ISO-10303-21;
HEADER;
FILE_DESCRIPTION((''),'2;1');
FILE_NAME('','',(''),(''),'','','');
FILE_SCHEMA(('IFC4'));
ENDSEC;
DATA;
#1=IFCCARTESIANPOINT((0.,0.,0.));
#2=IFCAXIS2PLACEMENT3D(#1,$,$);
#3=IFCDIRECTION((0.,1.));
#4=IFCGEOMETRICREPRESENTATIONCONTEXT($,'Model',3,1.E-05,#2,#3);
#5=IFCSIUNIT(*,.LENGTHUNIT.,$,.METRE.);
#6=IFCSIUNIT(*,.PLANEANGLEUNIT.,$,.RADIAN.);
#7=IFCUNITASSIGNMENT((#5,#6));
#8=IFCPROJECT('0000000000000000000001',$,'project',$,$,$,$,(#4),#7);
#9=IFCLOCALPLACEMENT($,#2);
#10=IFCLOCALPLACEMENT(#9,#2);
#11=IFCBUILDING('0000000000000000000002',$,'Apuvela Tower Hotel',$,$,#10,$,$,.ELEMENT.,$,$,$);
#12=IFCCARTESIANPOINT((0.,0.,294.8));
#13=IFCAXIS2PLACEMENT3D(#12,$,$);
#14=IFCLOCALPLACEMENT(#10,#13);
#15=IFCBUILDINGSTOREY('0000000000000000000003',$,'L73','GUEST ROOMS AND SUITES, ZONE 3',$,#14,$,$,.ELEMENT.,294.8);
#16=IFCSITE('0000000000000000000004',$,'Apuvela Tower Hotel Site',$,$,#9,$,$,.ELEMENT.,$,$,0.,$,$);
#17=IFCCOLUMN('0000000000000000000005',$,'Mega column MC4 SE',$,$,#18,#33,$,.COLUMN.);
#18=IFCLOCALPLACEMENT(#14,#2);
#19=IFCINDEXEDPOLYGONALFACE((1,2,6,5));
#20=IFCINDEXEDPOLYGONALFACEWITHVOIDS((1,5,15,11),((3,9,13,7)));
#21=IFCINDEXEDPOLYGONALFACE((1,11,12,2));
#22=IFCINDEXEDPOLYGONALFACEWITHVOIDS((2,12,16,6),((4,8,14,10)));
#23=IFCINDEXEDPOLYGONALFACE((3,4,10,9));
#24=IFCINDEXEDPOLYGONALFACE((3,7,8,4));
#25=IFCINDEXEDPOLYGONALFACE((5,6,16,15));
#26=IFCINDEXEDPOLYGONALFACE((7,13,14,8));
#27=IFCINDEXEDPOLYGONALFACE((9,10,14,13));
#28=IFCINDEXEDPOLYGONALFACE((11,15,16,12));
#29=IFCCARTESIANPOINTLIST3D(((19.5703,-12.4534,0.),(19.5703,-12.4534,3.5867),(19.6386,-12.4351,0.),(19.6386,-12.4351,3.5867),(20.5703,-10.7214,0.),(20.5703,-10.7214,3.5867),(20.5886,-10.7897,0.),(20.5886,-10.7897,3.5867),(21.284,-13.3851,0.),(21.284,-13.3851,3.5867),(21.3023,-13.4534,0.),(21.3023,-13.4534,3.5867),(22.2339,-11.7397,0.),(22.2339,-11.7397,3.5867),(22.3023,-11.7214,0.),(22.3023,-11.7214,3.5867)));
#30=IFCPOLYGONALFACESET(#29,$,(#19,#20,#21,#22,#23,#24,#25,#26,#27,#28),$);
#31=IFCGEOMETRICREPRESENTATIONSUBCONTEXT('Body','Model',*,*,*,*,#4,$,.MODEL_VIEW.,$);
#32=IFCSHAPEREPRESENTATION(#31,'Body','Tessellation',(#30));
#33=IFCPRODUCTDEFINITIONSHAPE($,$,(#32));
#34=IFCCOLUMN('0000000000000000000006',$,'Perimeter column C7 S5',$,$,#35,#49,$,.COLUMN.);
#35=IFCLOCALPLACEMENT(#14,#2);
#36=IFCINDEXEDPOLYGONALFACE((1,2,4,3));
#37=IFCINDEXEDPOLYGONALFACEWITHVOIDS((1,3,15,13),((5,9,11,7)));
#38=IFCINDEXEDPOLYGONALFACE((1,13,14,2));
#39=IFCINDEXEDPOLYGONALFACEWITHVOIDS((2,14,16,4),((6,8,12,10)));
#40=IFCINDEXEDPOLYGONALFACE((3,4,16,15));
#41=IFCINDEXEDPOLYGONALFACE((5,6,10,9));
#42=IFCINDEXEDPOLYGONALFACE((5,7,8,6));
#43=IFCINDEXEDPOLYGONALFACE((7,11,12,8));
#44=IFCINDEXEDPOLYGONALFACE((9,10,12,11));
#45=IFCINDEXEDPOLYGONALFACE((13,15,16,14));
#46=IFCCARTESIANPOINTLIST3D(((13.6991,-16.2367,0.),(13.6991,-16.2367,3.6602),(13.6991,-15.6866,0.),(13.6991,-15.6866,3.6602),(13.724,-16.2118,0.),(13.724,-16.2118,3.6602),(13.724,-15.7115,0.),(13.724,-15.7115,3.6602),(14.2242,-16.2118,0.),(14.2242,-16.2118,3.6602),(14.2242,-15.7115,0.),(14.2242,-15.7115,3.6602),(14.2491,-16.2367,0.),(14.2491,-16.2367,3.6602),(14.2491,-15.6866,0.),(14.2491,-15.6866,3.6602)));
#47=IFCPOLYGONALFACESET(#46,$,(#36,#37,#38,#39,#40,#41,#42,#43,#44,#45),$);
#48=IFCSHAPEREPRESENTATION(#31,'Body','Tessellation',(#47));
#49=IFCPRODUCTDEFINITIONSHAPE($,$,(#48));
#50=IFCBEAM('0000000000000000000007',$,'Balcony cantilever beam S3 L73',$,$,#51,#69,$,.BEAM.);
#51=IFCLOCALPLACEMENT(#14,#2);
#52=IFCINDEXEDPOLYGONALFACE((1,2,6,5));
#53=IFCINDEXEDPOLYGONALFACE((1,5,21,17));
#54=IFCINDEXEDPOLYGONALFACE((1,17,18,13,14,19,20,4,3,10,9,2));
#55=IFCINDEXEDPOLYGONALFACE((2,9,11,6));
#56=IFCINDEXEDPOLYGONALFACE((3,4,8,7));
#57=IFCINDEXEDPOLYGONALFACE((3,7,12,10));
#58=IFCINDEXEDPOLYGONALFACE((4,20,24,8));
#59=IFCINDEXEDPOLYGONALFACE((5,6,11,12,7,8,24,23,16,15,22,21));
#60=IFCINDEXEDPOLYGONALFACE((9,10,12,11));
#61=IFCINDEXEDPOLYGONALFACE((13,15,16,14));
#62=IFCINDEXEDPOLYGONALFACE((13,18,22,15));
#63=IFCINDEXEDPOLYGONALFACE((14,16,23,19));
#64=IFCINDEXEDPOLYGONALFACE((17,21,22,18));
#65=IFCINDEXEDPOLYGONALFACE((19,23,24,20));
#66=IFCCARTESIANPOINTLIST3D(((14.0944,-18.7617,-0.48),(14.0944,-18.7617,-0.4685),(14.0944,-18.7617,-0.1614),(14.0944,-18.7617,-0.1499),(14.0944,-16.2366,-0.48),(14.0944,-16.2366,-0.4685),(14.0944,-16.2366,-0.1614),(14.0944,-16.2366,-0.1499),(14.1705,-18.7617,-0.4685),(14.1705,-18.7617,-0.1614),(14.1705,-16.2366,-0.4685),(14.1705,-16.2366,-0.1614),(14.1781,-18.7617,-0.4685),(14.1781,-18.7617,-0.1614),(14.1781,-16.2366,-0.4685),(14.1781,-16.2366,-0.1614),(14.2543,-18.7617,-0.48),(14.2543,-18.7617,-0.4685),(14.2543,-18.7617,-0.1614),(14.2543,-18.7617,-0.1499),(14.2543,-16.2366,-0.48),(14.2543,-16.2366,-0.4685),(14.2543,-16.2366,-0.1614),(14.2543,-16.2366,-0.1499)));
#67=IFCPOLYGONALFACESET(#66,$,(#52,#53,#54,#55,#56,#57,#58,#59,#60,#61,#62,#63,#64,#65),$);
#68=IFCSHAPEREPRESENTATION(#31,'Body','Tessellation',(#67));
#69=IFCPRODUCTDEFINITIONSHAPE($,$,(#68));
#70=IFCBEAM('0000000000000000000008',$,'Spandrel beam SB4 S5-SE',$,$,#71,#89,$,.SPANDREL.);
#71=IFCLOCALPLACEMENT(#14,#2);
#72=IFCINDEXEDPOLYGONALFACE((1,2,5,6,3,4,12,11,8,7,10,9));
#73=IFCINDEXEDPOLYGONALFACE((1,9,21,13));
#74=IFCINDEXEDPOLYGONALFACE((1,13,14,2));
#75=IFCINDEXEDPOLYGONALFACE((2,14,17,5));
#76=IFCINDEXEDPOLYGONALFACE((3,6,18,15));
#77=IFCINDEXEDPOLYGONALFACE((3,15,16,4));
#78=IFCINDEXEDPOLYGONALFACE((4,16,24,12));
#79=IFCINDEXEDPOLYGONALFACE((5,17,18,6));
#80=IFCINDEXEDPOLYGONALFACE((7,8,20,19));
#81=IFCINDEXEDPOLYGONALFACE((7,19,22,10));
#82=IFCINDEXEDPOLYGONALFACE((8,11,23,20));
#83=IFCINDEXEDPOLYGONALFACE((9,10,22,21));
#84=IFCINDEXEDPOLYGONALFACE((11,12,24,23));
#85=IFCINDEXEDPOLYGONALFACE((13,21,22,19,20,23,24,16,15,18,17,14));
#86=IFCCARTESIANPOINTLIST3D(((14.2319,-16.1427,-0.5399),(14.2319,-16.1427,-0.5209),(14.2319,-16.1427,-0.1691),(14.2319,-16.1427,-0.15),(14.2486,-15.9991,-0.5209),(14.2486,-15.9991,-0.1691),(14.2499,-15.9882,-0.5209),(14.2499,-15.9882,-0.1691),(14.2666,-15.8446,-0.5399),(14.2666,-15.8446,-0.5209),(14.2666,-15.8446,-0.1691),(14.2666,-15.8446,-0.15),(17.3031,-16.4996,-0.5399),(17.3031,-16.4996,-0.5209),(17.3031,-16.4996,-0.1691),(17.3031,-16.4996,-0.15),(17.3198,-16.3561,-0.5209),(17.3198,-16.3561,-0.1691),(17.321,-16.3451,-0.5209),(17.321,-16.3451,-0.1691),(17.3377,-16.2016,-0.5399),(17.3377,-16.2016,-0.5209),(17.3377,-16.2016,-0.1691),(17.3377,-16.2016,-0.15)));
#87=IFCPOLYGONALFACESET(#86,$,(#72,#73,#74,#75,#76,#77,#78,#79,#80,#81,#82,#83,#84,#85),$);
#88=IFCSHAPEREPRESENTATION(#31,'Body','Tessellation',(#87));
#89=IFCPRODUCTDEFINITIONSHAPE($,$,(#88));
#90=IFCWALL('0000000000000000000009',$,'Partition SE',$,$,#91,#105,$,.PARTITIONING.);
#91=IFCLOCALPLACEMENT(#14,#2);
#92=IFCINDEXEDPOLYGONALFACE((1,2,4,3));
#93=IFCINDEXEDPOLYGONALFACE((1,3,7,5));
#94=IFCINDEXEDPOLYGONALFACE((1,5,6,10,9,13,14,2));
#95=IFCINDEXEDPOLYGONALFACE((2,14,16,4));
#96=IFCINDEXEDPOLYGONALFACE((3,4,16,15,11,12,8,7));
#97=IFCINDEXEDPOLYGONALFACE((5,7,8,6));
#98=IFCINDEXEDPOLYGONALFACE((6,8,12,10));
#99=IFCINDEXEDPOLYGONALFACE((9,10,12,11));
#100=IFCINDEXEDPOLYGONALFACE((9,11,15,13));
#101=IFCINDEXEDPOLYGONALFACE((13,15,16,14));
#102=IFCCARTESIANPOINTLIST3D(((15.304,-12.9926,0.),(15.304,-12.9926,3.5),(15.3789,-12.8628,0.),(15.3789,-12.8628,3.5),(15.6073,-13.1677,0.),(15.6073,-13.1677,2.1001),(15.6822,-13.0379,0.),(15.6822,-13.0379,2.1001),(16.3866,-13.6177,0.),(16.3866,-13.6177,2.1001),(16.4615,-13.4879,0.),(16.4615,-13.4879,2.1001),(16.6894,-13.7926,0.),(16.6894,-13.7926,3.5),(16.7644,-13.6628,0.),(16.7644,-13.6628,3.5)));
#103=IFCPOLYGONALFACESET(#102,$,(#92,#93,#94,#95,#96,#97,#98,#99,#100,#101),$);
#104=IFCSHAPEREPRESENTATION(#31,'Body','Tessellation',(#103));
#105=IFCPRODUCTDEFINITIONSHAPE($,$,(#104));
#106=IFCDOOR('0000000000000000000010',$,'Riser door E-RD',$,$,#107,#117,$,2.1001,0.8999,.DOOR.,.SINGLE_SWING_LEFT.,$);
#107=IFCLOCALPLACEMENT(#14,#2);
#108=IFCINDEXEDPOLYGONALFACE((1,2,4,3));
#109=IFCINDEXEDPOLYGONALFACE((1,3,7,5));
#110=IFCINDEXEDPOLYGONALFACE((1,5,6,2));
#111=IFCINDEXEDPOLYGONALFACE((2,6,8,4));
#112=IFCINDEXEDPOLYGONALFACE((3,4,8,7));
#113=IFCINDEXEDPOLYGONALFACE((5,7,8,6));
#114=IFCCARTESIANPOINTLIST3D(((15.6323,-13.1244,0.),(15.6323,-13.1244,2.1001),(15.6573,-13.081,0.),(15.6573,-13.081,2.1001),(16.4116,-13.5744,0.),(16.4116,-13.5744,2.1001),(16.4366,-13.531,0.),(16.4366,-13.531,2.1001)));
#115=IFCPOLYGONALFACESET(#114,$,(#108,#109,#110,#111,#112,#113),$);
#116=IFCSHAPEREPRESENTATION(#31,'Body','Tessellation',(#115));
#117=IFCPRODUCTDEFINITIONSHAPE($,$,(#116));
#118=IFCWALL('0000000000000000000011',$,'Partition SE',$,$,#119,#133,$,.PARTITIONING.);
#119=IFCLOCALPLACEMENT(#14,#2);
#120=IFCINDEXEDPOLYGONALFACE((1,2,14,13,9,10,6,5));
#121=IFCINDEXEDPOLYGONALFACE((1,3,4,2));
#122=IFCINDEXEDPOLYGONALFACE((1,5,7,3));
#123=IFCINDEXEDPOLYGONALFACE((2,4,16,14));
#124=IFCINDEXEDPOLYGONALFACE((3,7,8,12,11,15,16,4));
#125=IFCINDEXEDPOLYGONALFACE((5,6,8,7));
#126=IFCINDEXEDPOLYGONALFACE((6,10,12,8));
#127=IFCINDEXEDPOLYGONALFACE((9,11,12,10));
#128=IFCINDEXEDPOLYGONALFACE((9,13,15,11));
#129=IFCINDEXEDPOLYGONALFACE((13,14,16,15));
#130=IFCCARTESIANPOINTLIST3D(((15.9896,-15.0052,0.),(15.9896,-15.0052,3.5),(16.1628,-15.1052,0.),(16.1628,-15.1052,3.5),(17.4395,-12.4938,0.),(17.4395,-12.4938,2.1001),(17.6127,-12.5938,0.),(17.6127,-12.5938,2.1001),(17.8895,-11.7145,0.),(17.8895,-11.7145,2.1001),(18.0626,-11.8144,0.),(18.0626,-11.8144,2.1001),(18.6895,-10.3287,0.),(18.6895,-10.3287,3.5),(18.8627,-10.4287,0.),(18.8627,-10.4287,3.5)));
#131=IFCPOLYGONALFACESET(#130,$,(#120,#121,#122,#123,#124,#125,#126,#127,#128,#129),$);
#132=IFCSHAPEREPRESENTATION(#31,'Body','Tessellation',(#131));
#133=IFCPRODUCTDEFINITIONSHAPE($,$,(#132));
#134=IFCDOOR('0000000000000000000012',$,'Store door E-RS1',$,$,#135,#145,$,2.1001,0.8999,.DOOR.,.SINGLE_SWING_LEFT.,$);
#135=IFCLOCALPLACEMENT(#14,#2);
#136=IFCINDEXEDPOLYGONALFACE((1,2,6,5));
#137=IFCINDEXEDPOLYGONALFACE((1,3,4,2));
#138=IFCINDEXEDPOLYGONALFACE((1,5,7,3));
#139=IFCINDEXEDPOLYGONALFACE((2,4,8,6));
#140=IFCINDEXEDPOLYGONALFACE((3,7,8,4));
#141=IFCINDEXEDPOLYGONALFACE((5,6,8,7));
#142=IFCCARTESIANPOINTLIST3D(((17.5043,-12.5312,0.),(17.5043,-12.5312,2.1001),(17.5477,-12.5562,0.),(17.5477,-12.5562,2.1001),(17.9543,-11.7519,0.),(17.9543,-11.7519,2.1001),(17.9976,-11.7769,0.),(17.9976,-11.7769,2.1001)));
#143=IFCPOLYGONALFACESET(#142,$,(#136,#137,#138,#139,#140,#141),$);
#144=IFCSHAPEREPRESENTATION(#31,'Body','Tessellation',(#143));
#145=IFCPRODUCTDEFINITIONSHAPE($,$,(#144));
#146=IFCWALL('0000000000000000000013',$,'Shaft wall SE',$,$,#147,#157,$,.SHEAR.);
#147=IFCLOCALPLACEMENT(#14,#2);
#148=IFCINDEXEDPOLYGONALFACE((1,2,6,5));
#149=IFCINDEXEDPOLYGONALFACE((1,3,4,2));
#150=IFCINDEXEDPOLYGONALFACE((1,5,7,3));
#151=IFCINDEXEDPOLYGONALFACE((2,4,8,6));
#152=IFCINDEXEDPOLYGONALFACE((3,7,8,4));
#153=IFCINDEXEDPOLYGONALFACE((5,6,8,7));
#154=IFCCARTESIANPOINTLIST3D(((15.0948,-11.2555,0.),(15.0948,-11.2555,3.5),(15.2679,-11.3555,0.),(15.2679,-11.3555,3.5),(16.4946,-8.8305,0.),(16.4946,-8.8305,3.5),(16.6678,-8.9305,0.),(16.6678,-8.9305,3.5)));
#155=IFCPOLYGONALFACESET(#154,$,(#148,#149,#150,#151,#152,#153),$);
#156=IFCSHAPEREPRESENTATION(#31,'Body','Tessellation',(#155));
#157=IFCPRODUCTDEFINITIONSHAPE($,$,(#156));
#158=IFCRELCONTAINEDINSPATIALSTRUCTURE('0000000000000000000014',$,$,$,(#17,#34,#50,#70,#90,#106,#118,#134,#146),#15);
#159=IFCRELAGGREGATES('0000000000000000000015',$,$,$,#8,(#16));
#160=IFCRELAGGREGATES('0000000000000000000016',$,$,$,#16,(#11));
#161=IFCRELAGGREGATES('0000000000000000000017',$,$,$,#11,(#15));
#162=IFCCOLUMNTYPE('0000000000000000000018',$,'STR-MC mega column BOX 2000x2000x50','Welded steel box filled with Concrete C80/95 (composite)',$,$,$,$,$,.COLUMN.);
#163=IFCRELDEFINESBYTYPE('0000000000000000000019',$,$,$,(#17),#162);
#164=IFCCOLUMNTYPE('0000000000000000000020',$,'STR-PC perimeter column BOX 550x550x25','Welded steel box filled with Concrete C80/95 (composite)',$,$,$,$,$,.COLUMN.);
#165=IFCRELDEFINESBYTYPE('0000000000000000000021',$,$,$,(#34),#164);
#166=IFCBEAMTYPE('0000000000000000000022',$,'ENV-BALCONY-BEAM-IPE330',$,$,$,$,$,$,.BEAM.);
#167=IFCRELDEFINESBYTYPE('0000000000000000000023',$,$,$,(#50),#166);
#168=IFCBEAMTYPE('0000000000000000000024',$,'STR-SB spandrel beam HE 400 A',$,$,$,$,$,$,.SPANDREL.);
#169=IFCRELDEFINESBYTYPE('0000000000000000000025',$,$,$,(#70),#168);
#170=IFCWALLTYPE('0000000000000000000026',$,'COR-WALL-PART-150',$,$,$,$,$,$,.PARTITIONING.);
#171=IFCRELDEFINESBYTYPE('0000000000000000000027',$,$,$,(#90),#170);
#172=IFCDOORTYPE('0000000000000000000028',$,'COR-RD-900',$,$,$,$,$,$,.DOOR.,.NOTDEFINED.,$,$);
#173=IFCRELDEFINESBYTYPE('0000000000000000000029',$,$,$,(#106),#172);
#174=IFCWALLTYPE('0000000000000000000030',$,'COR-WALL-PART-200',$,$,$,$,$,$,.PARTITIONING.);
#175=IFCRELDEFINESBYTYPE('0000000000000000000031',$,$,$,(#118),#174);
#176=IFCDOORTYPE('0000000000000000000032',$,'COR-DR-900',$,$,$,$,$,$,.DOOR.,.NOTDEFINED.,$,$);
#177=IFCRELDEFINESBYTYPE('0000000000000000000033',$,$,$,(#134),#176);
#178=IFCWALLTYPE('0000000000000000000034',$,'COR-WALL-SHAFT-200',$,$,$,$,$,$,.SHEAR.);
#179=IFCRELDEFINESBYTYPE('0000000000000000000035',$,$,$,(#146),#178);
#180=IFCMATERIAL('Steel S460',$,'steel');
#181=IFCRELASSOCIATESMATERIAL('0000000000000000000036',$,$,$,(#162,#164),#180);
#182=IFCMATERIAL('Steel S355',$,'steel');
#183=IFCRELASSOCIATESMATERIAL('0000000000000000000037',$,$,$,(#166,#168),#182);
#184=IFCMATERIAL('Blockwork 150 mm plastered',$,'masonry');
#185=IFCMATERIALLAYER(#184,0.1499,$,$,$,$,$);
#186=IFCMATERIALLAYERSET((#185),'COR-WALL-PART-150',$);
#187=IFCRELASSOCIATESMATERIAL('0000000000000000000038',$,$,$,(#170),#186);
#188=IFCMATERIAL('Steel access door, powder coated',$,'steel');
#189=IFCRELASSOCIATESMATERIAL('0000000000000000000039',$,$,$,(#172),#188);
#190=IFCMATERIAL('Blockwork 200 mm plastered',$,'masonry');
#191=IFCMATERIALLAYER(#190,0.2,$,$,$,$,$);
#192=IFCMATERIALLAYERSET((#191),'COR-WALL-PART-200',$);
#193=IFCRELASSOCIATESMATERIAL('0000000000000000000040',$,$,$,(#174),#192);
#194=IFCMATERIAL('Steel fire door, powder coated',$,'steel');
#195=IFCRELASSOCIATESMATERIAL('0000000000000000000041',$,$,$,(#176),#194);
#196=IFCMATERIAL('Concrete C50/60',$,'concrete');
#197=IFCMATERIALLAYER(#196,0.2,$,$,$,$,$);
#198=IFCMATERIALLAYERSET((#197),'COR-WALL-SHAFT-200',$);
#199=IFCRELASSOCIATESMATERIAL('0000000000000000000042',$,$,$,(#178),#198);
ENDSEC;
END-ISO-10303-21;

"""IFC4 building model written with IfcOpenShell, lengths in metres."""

from ifc_helpers import new_model, si_unit, direction, frame, frame_2d, origin, origin_2d, place, context, subcontext, project, spatial, rectangle, hollow_rectangle, i_section, extrude, boolean, halfspace, material, layer, layer_set, material_profile, profile_set, type_object, element, fill, save


model = new_model("IFC4")

# Units and contexts
model_context = context("Model", 3, precision=1e-05, world=origin(), true_north=direction((0.0, 1.0)))
body_context = subcontext(model_context, "Body", "Model", "MODEL_VIEW")
ifc_project = project(units=[si_unit("LENGTHUNIT", "METRE"), si_unit("PLANEANGLEUNIT", "RADIAN")], contexts=[model_context])

# Site, building, storey
site_placement = place(None, origin())
site = spatial("IfcSite", under=ifc_project, at=site_placement, Name="Apuvela Tower Hotel Site", CompositionType="ELEMENT", RefElevation=0.0)
building_placement = place(site_placement, origin())
building = spatial("IfcBuilding", under=site, at=building_placement, Name="Apuvela Tower Hotel", CompositionType="ELEMENT")
storey_placement = place(building_placement, frame((0.0, 0.0, 294.8)))
storey = spatial("IfcBuildingStorey", under=building, at=storey_placement, Name="L73", Description="GUEST ROOMS AND SUITES, ZONE 3", CompositionType="ELEMENT", Elevation=294.8)

# Columns
ifc_material_1 = material(Name="Steel S460", Category="steel")
ifc_material_profile_1 = material_profile(ifc_material_1, hollow_rectangle(XDim=2.0, YDim=2.0, WallThickness=0.05, at=origin_2d()), Name="BOX 2000x2000x50")
ifc_material_2 = material(Name="Concrete C80/95", Category="concrete")
ifc_material_profile_2 = material_profile(ifc_material_2, rectangle(XDim=1.8999, YDim=1.8999, at=origin_2d()), Name="Concrete C80/95 infill")
ifc_profile_set_1 = profile_set([ifc_material_profile_1, ifc_material_profile_2], Name="Steel S460")
column_type_1 = type_object("IfcColumnType", Name="STR-MC mega column BOX 2000x2000x50", Description="Welded steel box filled with Concrete C80/95 (composite)", PredefinedType="COLUMN", material=ifc_profile_set_1)
column_1_placement = place(storey_placement, frame((20.9363, -12.0874, 0.0), z_axis=(0.0, 0.0, 1.0), x_axis=(0.5, 0.866025, 0.0)))
element("IfcColumn", 1, at=column_1_placement, inside=storey, type_object=column_type_1, Name="Mega column MC4 SE", PredefinedType="COLUMN", context=body_context, shape_type="SweptSolid", body=[
    boolean("DIFFERENCE", extrude(hollow_rectangle(XDim=2.0, YDim=2.0, WallThickness=0.05, at=origin_2d()), origin(), (0.0, 0.0, 1.0), 3.7), halfspace(frame((0.0, 0.0, 3.5867), z_axis=(0.0, 0.0, 1.0), x_axis=(1.0, 0.0, 0.0)), False)),
])
ifc_material_profile_3 = material_profile(ifc_material_1, hollow_rectangle(XDim=0.55, YDim=0.55, WallThickness=0.0249, at=origin_2d()), Name="BOX 550x550x25")
ifc_material_profile_4 = material_profile(ifc_material_2, rectangle(XDim=0.5, YDim=0.5, at=origin_2d()), Name="Concrete C80/95 infill")
ifc_profile_set_2 = profile_set([ifc_material_profile_3, ifc_material_profile_4], Name="Steel S460")
column_type_2 = type_object("IfcColumnType", Name="STR-PC perimeter column BOX 550x550x25", Description="Welded steel box filled with Concrete C80/95 (composite)", PredefinedType="COLUMN", material=ifc_profile_set_2)
column_2_placement = place(storey_placement, frame((13.9741, -15.9617, 0.0), z_axis=(0.0, 0.0, 1.0), x_axis=(-1.0, 0.0, 0.0)))
element("IfcColumn", 2, at=column_2_placement, inside=storey, type_object=column_type_2, Name="Perimeter column C7 S5", PredefinedType="COLUMN", context=body_context, shape_type="SweptSolid", body=[
    boolean("DIFFERENCE", extrude(hollow_rectangle(XDim=0.55, YDim=0.55, WallThickness=0.0249, at=origin_2d()), origin(), (0.0, 0.0, 1.0), 3.7), halfspace(frame((0.0, 0.0, 3.6602), z_axis=(0.0, 0.0, 1.0), x_axis=(1.0, 0.0, 0.0)), False)),
])

# Beams
ifc_material_3 = material(Name="Steel S355", Category="steel")
ifc_material_profile_5 = material_profile(ifc_material_3, i_section(OverallWidth=0.1599, OverallDepth=0.3301, WebThickness=0.0076, FlangeThickness=0.0115, at=origin_2d()), Name="IPE 330")
ifc_profile_set_3 = profile_set([ifc_material_profile_5], Name="Steel S355")
beam_type_1 = type_object("IfcBeamType", Name="ENV-BALCONY-BEAM-IPE330", PredefinedType="BEAM", material=ifc_profile_set_3)
beam_1_placement = place(storey_placement, frame((14.1743, -16.2366, -0.3149), z_axis=(0.0, -1.0, 0.0), x_axis=(1.0, 0.0, 0.0)))
element("IfcBeam", 3, at=beam_1_placement, inside=storey, type_object=beam_type_1, Name="Balcony cantilever beam S3 L73", PredefinedType="BEAM", context=body_context, shape_type="SweptSolid", body=[
    extrude(i_section(OverallWidth=0.1599, OverallDepth=0.3301, WebThickness=0.0076, FlangeThickness=0.0115, at=origin_2d()), origin(), (0.0, 0.0, 1.0), 2.5251),
])
ifc_material_profile_6 = material_profile(ifc_material_3, i_section(OverallWidth=0.3, OverallDepth=0.3899, WebThickness=0.011, FlangeThickness=0.019, at=origin_2d()), Name="HE 400 A")
ifc_profile_set_4 = profile_set([ifc_material_profile_6], Name="Steel S355")
beam_type_2 = type_object("IfcBeamType", Name="STR-SB spandrel beam HE 400 A", PredefinedType="SPANDREL", material=ifc_profile_set_4)
beam_2_placement = place(storey_placement, frame((14.2493, -15.9937, -0.345), z_axis=(0.993313, -0.115448, 0.0), x_axis=(0.115448, 0.993313, 0.0)))
element("IfcBeam", 4, at=beam_2_placement, inside=storey, type_object=beam_type_2, Name="Spandrel beam SB4 S5-SE", PredefinedType="SPANDREL", context=body_context, shape_type="SweptSolid", body=[
    extrude(i_section(OverallWidth=0.3, OverallDepth=0.3899, WebThickness=0.011, FlangeThickness=0.019, at=origin_2d()), origin(), (0.0, 0.0, 1.0), 3.0918),
])

# Walls, openings, doors
ifc_material_4 = material(Name="Blockwork 150 mm plastered", Category="masonry")
ifc_layer_1 = layer(ifc_material_4, 0.1499)
ifc_layer_set_1 = layer_set([ifc_layer_1], Name="COR-WALL-PART-150")
wall_type_1 = type_object("IfcWallType", Name="COR-WALL-PART-150", PredefinedType="PARTITIONING", material=ifc_layer_set_1)
wall_1_placement = place(storey_placement, frame((15.3416, -12.9277, 0.0), z_axis=(0.0, 0.0, 1.0), x_axis=(0.86599, -0.500061, 0.0)))
wall_1 = element("IfcWall", 5, at=wall_1_placement, inside=storey, type_object=wall_type_1, Name="Partition SE", PredefinedType="PARTITIONING", context=body_context, shape_type="SweptSolid", body=[
    extrude(rectangle(XDim=1.5999, YDim=0.1499, at=frame_2d((0.7998, 0.0))), origin(), (0.0, 0.0, 1.0), 3.5),
])
opening_1_placement = place(wall_1_placement, frame((0.3501, 0.0, 0.0)))
opening_1 = element("IfcOpeningElement", 6, at=opening_1_placement, cuts=wall_1, PredefinedType="OPENING", context=body_context, shape_type="SweptSolid", body=[
    extrude(rectangle(XDim=0.8999, YDim=2.1001, at=frame_2d((0.45, 1.05))), frame((0.0, 0.085, 0.0), z_axis=(0.0, -1.0, 0.0), x_axis=(1.0, 0.0, 0.0)), (0.0, 0.0, 1.0), 0.1699),
])
ifc_material_5 = material(Name="Steel access door, powder coated", Category="steel")
door_type_1 = type_object("IfcDoorType", Name="COR-RD-900", OperationType="NOTDEFINED", PredefinedType="DOOR", material=ifc_material_5)
door_1_placement = place(opening_1_placement, frame((0.8999, 0.0, 0.0), z_axis=(0.0, 0.0, 1.0), x_axis=(-1.0, 0.0, 0.0)))
door_1 = element("IfcDoor", 7, at=door_1_placement, inside=storey, type_object=door_type_1, Name="Riser door E-RD", OperationType="SINGLE_SWING_LEFT", OverallHeight=2.1001, OverallWidth=0.8999, PredefinedType="DOOR", context=body_context, shape_type="SweptSolid", body=[
    extrude(rectangle(XDim=0.8999, YDim=2.1001, at=frame_2d((0.45, 1.05))), frame((0.0, 0.0249, 0.0), z_axis=(0.0, -1.0, 0.0), x_axis=(1.0, 0.0, 0.0)), (0.0, 0.0, 1.0), 0.05),
])
fill(opening_1, door_1)
ifc_material_6 = material(Name="Blockwork 200 mm plastered", Category="masonry")
ifc_layer_2 = layer(ifc_material_6, 0.2)
ifc_layer_set_2 = layer_set([ifc_layer_2], Name="COR-WALL-PART-200")
wall_type_2 = type_object("IfcWallType", Name="COR-WALL-PART-200", PredefinedType="PARTITIONING", material=ifc_layer_set_2)
wall_2_placement = place(storey_placement, frame((16.0762, -15.0552, 0.0), z_axis=(0.0, 0.0, 1.0), x_axis=(0.499995, 0.866028, 0.0)))
wall_2 = element("IfcWall", 8, at=wall_2_placement, inside=storey, type_object=wall_type_2, Name="Partition SE", PredefinedType="PARTITIONING", context=body_context, shape_type="SweptSolid", body=[
    extrude(rectangle(XDim=5.3999, YDim=0.2, at=frame_2d((2.7, 0.0))), origin(), (0.0, 0.0, 1.0), 3.5),
])
opening_2_placement = place(wall_2_placement, frame((2.8999, 0.0, 0.0)))
opening_2 = element("IfcOpeningElement", 9, at=opening_2_placement, cuts=wall_2, PredefinedType="OPENING", context=body_context, shape_type="SweptSolid", body=[
    extrude(rectangle(XDim=0.8999, YDim=2.1001, at=frame_2d((0.45, 1.05))), frame((0.0, 0.1099, 0.0), z_axis=(0.0, -1.0, 0.0), x_axis=(1.0, 0.0, 0.0)), (0.0, 0.0, 1.0), 0.22),
])
ifc_material_7 = material(Name="Steel fire door, powder coated", Category="steel")
door_type_2 = type_object("IfcDoorType", Name="COR-DR-900", OperationType="NOTDEFINED", PredefinedType="DOOR", material=ifc_material_7)
door_2_placement = place(opening_2_placement, frame((0.8999, 0.0, 0.0), z_axis=(0.0, 0.0, 1.0), x_axis=(-1.0, 0.0, 0.0)))
door_2 = element("IfcDoor", 10, at=door_2_placement, inside=storey, type_object=door_type_2, Name="Store door E-RS1", OperationType="SINGLE_SWING_LEFT", OverallHeight=2.1001, OverallWidth=0.8999, PredefinedType="DOOR", context=body_context, shape_type="SweptSolid", body=[
    extrude(rectangle(XDim=0.8999, YDim=2.1001, at=frame_2d((0.45, 1.05))), frame((0.0, 0.0249, 0.0), z_axis=(0.0, -1.0, 0.0), x_axis=(1.0, 0.0, 0.0)), (0.0, 0.0, 1.0), 0.05),
])
fill(opening_2, door_2)

# Wall
ifc_material_8 = material(Name="Concrete C50/60", Category="concrete")
ifc_layer_3 = layer(ifc_material_8, 0.2)
ifc_layer_set_3 = layer_set([ifc_layer_3], Name="COR-WALL-SHAFT-200")
wall_type_3 = type_object("IfcWallType", Name="COR-WALL-SHAFT-200", PredefinedType="SHEAR", material=ifc_layer_set_3)
wall_3_placement = place(storey_placement, frame((15.1814, -11.3054, 0.0), z_axis=(0.0, 0.0, 1.0), x_axis=(0.499946, 0.866056, 0.0)))
element("IfcWall", 11, at=wall_3_placement, inside=storey, type_object=wall_type_3, Name="Shaft wall SE", PredefinedType="SHEAR", context=body_context, shape_type="SweptSolid", body=[
    extrude(rectangle(XDim=2.8, YDim=0.2, at=frame_2d((1.3999, 0.0))), origin(), (0.0, 0.0, 1.0), 3.5),
])

save(model, "model.ifc")
